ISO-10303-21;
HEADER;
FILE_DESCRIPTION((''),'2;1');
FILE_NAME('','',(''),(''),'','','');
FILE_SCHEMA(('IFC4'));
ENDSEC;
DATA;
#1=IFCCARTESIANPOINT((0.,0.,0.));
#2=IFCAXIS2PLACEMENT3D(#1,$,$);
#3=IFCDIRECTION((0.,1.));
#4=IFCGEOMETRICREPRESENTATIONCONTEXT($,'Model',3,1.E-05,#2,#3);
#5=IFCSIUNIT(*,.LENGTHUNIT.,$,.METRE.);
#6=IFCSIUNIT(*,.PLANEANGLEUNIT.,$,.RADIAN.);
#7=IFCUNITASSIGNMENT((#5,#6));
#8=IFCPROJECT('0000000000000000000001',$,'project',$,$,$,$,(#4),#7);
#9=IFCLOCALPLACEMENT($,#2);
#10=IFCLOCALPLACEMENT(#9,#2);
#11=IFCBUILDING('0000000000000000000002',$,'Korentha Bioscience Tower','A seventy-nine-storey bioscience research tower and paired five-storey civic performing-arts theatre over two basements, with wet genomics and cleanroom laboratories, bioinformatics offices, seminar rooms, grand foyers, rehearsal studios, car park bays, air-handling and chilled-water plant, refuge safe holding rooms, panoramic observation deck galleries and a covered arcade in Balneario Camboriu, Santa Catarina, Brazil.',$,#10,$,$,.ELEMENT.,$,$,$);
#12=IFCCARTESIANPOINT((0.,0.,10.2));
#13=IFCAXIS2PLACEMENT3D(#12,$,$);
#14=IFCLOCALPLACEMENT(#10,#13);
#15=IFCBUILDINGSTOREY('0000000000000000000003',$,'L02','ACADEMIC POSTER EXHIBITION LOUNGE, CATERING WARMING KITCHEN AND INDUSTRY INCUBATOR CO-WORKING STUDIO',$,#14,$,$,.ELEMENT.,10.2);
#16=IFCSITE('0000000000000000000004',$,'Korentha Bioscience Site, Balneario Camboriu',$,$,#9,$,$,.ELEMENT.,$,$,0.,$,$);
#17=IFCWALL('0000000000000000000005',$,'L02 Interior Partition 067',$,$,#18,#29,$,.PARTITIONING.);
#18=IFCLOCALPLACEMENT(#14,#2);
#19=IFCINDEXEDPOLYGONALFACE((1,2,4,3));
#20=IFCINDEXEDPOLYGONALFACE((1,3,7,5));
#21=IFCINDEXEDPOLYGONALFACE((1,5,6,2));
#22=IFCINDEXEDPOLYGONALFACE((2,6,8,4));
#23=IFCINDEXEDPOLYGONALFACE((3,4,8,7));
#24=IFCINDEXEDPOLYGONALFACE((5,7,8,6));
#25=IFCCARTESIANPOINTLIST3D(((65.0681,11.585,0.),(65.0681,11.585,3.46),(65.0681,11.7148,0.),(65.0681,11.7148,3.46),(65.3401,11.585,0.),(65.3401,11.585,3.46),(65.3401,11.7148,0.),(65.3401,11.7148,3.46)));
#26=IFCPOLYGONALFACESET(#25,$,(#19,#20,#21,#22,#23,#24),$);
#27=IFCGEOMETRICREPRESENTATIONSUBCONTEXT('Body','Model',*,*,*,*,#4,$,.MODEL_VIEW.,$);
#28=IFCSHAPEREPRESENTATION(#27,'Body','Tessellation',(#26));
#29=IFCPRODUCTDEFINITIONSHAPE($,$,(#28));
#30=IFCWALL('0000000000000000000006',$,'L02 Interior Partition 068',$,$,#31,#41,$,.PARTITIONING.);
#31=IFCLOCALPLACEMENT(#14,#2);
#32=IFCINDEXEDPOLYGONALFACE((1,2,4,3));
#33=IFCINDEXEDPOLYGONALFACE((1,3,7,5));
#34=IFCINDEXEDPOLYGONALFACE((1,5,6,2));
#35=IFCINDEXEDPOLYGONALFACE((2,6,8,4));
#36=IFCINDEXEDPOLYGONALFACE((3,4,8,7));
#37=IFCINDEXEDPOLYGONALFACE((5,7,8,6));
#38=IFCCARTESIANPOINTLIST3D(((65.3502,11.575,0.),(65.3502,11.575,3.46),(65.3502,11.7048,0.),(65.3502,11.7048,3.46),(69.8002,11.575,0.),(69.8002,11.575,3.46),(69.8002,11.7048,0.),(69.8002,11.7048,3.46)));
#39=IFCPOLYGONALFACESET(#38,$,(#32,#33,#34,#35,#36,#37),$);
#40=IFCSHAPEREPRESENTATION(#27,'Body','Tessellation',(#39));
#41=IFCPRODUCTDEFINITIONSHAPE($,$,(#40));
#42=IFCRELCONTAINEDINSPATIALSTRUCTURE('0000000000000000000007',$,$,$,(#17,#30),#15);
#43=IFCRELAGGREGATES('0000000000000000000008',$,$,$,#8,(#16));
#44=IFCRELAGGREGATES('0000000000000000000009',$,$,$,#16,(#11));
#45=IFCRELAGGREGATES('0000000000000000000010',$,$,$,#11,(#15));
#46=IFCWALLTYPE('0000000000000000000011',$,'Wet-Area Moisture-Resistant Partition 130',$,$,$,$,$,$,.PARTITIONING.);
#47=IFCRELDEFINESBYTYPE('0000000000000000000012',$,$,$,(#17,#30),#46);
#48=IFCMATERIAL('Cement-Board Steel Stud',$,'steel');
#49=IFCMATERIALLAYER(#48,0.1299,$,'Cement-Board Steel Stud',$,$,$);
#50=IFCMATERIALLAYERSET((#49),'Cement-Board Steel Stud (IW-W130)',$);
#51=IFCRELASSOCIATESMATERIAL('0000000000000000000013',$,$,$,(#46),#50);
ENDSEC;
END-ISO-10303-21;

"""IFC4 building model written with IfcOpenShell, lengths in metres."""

from ifc_helpers import new_model, si_unit, direction, frame, frame_2d, origin, place, context, subcontext, project, spatial, rectangle, extrude, material, layer, layer_set, type_object, element, save


model = new_model("IFC4")

# Units and contexts
model_context = context("Model", 3, precision=1e-05, world=origin(), true_north=direction((0.0, 1.0)))
body_context = subcontext(model_context, "Body", "Model", "MODEL_VIEW")
ifc_project = project(units=[si_unit("LENGTHUNIT", "METRE"), si_unit("PLANEANGLEUNIT", "RADIAN")], contexts=[model_context])

# Site, building, storey
site_placement = place(None, origin())
site = spatial("IfcSite", under=ifc_project, at=site_placement, Name="Korentha Bioscience Site, Balneario Camboriu", CompositionType="ELEMENT", RefElevation=0.0)
building_placement = place(site_placement, origin())
building = spatial("IfcBuilding", under=site, at=building_placement, Name="Korentha Bioscience Tower", Description="A seventy-nine-storey bioscience research tower and paired five-storey civic performing-arts theatre over two basements, with wet genomics and cleanroom laboratories, bioinformatics offices, seminar rooms, grand foyers, rehearsal studios, car park bays, air-handling and chilled-water plant, refuge safe holding rooms, panoramic observation deck galleries and a covered arcade in Balneario Camboriu, Santa Catarina, Brazil.", CompositionType="ELEMENT")
storey_placement = place(building_placement, frame((0.0, 0.0, 10.2)))
storey = spatial("IfcBuildingStorey", under=building, at=storey_placement, Name="L02", Description="ACADEMIC POSTER EXHIBITION LOUNGE, CATERING WARMING KITCHEN AND INDUSTRY INCUBATOR CO-WORKING STUDIO", CompositionType="ELEMENT", Elevation=10.2)

# Walls
ifc_material_1 = material(Name="Cement-Board Steel Stud", Category="steel")
ifc_layer_1 = layer(ifc_material_1, 0.1299, Name="Cement-Board Steel Stud")
ifc_layer_set_1 = layer_set([ifc_layer_1], Name="Cement-Board Steel Stud (IW-W130)")
wall_type_1 = type_object("IfcWallType", Name="Wet-Area Moisture-Resistant Partition 130", PredefinedType="PARTITIONING", material=ifc_layer_set_1)
wall_1_placement = place(storey_placement, frame((65.0681, 11.6499, 0.0), z_axis=(0.0, 0.0, 1.0), x_axis=(1.0, 0.0, 0.0)))
element("IfcWall", 1, at=wall_1_placement, inside=storey, type_object=wall_type_1, Name="L02 Interior Partition 067", PredefinedType="PARTITIONING", context=body_context, shape_type="SweptSolid", body=[
    extrude(rectangle(XDim=0.272, YDim=0.1299, at=frame_2d((0.136, 0.0))), origin(), (0.0, 0.0, 1.0), 3.46),
])
wall_2_placement = place(storey_placement, frame((65.3501, 11.6399, 0.0), z_axis=(0.0, 0.0, 1.0), x_axis=(1.0, 0.0, 0.0)))
element("IfcWall", 2, at=wall_2_placement, inside=storey, type_object=wall_type_1, Name="L02 Interior Partition 068", PredefinedType="PARTITIONING", context=body_context, shape_type="SweptSolid", body=[
    extrude(rectangle(XDim=4.45, YDim=0.1299, at=frame_2d((2.2251, 0.0))), origin(), (0.0, 0.0, 1.0), 3.46),
])

save(model, "model.ifc")
